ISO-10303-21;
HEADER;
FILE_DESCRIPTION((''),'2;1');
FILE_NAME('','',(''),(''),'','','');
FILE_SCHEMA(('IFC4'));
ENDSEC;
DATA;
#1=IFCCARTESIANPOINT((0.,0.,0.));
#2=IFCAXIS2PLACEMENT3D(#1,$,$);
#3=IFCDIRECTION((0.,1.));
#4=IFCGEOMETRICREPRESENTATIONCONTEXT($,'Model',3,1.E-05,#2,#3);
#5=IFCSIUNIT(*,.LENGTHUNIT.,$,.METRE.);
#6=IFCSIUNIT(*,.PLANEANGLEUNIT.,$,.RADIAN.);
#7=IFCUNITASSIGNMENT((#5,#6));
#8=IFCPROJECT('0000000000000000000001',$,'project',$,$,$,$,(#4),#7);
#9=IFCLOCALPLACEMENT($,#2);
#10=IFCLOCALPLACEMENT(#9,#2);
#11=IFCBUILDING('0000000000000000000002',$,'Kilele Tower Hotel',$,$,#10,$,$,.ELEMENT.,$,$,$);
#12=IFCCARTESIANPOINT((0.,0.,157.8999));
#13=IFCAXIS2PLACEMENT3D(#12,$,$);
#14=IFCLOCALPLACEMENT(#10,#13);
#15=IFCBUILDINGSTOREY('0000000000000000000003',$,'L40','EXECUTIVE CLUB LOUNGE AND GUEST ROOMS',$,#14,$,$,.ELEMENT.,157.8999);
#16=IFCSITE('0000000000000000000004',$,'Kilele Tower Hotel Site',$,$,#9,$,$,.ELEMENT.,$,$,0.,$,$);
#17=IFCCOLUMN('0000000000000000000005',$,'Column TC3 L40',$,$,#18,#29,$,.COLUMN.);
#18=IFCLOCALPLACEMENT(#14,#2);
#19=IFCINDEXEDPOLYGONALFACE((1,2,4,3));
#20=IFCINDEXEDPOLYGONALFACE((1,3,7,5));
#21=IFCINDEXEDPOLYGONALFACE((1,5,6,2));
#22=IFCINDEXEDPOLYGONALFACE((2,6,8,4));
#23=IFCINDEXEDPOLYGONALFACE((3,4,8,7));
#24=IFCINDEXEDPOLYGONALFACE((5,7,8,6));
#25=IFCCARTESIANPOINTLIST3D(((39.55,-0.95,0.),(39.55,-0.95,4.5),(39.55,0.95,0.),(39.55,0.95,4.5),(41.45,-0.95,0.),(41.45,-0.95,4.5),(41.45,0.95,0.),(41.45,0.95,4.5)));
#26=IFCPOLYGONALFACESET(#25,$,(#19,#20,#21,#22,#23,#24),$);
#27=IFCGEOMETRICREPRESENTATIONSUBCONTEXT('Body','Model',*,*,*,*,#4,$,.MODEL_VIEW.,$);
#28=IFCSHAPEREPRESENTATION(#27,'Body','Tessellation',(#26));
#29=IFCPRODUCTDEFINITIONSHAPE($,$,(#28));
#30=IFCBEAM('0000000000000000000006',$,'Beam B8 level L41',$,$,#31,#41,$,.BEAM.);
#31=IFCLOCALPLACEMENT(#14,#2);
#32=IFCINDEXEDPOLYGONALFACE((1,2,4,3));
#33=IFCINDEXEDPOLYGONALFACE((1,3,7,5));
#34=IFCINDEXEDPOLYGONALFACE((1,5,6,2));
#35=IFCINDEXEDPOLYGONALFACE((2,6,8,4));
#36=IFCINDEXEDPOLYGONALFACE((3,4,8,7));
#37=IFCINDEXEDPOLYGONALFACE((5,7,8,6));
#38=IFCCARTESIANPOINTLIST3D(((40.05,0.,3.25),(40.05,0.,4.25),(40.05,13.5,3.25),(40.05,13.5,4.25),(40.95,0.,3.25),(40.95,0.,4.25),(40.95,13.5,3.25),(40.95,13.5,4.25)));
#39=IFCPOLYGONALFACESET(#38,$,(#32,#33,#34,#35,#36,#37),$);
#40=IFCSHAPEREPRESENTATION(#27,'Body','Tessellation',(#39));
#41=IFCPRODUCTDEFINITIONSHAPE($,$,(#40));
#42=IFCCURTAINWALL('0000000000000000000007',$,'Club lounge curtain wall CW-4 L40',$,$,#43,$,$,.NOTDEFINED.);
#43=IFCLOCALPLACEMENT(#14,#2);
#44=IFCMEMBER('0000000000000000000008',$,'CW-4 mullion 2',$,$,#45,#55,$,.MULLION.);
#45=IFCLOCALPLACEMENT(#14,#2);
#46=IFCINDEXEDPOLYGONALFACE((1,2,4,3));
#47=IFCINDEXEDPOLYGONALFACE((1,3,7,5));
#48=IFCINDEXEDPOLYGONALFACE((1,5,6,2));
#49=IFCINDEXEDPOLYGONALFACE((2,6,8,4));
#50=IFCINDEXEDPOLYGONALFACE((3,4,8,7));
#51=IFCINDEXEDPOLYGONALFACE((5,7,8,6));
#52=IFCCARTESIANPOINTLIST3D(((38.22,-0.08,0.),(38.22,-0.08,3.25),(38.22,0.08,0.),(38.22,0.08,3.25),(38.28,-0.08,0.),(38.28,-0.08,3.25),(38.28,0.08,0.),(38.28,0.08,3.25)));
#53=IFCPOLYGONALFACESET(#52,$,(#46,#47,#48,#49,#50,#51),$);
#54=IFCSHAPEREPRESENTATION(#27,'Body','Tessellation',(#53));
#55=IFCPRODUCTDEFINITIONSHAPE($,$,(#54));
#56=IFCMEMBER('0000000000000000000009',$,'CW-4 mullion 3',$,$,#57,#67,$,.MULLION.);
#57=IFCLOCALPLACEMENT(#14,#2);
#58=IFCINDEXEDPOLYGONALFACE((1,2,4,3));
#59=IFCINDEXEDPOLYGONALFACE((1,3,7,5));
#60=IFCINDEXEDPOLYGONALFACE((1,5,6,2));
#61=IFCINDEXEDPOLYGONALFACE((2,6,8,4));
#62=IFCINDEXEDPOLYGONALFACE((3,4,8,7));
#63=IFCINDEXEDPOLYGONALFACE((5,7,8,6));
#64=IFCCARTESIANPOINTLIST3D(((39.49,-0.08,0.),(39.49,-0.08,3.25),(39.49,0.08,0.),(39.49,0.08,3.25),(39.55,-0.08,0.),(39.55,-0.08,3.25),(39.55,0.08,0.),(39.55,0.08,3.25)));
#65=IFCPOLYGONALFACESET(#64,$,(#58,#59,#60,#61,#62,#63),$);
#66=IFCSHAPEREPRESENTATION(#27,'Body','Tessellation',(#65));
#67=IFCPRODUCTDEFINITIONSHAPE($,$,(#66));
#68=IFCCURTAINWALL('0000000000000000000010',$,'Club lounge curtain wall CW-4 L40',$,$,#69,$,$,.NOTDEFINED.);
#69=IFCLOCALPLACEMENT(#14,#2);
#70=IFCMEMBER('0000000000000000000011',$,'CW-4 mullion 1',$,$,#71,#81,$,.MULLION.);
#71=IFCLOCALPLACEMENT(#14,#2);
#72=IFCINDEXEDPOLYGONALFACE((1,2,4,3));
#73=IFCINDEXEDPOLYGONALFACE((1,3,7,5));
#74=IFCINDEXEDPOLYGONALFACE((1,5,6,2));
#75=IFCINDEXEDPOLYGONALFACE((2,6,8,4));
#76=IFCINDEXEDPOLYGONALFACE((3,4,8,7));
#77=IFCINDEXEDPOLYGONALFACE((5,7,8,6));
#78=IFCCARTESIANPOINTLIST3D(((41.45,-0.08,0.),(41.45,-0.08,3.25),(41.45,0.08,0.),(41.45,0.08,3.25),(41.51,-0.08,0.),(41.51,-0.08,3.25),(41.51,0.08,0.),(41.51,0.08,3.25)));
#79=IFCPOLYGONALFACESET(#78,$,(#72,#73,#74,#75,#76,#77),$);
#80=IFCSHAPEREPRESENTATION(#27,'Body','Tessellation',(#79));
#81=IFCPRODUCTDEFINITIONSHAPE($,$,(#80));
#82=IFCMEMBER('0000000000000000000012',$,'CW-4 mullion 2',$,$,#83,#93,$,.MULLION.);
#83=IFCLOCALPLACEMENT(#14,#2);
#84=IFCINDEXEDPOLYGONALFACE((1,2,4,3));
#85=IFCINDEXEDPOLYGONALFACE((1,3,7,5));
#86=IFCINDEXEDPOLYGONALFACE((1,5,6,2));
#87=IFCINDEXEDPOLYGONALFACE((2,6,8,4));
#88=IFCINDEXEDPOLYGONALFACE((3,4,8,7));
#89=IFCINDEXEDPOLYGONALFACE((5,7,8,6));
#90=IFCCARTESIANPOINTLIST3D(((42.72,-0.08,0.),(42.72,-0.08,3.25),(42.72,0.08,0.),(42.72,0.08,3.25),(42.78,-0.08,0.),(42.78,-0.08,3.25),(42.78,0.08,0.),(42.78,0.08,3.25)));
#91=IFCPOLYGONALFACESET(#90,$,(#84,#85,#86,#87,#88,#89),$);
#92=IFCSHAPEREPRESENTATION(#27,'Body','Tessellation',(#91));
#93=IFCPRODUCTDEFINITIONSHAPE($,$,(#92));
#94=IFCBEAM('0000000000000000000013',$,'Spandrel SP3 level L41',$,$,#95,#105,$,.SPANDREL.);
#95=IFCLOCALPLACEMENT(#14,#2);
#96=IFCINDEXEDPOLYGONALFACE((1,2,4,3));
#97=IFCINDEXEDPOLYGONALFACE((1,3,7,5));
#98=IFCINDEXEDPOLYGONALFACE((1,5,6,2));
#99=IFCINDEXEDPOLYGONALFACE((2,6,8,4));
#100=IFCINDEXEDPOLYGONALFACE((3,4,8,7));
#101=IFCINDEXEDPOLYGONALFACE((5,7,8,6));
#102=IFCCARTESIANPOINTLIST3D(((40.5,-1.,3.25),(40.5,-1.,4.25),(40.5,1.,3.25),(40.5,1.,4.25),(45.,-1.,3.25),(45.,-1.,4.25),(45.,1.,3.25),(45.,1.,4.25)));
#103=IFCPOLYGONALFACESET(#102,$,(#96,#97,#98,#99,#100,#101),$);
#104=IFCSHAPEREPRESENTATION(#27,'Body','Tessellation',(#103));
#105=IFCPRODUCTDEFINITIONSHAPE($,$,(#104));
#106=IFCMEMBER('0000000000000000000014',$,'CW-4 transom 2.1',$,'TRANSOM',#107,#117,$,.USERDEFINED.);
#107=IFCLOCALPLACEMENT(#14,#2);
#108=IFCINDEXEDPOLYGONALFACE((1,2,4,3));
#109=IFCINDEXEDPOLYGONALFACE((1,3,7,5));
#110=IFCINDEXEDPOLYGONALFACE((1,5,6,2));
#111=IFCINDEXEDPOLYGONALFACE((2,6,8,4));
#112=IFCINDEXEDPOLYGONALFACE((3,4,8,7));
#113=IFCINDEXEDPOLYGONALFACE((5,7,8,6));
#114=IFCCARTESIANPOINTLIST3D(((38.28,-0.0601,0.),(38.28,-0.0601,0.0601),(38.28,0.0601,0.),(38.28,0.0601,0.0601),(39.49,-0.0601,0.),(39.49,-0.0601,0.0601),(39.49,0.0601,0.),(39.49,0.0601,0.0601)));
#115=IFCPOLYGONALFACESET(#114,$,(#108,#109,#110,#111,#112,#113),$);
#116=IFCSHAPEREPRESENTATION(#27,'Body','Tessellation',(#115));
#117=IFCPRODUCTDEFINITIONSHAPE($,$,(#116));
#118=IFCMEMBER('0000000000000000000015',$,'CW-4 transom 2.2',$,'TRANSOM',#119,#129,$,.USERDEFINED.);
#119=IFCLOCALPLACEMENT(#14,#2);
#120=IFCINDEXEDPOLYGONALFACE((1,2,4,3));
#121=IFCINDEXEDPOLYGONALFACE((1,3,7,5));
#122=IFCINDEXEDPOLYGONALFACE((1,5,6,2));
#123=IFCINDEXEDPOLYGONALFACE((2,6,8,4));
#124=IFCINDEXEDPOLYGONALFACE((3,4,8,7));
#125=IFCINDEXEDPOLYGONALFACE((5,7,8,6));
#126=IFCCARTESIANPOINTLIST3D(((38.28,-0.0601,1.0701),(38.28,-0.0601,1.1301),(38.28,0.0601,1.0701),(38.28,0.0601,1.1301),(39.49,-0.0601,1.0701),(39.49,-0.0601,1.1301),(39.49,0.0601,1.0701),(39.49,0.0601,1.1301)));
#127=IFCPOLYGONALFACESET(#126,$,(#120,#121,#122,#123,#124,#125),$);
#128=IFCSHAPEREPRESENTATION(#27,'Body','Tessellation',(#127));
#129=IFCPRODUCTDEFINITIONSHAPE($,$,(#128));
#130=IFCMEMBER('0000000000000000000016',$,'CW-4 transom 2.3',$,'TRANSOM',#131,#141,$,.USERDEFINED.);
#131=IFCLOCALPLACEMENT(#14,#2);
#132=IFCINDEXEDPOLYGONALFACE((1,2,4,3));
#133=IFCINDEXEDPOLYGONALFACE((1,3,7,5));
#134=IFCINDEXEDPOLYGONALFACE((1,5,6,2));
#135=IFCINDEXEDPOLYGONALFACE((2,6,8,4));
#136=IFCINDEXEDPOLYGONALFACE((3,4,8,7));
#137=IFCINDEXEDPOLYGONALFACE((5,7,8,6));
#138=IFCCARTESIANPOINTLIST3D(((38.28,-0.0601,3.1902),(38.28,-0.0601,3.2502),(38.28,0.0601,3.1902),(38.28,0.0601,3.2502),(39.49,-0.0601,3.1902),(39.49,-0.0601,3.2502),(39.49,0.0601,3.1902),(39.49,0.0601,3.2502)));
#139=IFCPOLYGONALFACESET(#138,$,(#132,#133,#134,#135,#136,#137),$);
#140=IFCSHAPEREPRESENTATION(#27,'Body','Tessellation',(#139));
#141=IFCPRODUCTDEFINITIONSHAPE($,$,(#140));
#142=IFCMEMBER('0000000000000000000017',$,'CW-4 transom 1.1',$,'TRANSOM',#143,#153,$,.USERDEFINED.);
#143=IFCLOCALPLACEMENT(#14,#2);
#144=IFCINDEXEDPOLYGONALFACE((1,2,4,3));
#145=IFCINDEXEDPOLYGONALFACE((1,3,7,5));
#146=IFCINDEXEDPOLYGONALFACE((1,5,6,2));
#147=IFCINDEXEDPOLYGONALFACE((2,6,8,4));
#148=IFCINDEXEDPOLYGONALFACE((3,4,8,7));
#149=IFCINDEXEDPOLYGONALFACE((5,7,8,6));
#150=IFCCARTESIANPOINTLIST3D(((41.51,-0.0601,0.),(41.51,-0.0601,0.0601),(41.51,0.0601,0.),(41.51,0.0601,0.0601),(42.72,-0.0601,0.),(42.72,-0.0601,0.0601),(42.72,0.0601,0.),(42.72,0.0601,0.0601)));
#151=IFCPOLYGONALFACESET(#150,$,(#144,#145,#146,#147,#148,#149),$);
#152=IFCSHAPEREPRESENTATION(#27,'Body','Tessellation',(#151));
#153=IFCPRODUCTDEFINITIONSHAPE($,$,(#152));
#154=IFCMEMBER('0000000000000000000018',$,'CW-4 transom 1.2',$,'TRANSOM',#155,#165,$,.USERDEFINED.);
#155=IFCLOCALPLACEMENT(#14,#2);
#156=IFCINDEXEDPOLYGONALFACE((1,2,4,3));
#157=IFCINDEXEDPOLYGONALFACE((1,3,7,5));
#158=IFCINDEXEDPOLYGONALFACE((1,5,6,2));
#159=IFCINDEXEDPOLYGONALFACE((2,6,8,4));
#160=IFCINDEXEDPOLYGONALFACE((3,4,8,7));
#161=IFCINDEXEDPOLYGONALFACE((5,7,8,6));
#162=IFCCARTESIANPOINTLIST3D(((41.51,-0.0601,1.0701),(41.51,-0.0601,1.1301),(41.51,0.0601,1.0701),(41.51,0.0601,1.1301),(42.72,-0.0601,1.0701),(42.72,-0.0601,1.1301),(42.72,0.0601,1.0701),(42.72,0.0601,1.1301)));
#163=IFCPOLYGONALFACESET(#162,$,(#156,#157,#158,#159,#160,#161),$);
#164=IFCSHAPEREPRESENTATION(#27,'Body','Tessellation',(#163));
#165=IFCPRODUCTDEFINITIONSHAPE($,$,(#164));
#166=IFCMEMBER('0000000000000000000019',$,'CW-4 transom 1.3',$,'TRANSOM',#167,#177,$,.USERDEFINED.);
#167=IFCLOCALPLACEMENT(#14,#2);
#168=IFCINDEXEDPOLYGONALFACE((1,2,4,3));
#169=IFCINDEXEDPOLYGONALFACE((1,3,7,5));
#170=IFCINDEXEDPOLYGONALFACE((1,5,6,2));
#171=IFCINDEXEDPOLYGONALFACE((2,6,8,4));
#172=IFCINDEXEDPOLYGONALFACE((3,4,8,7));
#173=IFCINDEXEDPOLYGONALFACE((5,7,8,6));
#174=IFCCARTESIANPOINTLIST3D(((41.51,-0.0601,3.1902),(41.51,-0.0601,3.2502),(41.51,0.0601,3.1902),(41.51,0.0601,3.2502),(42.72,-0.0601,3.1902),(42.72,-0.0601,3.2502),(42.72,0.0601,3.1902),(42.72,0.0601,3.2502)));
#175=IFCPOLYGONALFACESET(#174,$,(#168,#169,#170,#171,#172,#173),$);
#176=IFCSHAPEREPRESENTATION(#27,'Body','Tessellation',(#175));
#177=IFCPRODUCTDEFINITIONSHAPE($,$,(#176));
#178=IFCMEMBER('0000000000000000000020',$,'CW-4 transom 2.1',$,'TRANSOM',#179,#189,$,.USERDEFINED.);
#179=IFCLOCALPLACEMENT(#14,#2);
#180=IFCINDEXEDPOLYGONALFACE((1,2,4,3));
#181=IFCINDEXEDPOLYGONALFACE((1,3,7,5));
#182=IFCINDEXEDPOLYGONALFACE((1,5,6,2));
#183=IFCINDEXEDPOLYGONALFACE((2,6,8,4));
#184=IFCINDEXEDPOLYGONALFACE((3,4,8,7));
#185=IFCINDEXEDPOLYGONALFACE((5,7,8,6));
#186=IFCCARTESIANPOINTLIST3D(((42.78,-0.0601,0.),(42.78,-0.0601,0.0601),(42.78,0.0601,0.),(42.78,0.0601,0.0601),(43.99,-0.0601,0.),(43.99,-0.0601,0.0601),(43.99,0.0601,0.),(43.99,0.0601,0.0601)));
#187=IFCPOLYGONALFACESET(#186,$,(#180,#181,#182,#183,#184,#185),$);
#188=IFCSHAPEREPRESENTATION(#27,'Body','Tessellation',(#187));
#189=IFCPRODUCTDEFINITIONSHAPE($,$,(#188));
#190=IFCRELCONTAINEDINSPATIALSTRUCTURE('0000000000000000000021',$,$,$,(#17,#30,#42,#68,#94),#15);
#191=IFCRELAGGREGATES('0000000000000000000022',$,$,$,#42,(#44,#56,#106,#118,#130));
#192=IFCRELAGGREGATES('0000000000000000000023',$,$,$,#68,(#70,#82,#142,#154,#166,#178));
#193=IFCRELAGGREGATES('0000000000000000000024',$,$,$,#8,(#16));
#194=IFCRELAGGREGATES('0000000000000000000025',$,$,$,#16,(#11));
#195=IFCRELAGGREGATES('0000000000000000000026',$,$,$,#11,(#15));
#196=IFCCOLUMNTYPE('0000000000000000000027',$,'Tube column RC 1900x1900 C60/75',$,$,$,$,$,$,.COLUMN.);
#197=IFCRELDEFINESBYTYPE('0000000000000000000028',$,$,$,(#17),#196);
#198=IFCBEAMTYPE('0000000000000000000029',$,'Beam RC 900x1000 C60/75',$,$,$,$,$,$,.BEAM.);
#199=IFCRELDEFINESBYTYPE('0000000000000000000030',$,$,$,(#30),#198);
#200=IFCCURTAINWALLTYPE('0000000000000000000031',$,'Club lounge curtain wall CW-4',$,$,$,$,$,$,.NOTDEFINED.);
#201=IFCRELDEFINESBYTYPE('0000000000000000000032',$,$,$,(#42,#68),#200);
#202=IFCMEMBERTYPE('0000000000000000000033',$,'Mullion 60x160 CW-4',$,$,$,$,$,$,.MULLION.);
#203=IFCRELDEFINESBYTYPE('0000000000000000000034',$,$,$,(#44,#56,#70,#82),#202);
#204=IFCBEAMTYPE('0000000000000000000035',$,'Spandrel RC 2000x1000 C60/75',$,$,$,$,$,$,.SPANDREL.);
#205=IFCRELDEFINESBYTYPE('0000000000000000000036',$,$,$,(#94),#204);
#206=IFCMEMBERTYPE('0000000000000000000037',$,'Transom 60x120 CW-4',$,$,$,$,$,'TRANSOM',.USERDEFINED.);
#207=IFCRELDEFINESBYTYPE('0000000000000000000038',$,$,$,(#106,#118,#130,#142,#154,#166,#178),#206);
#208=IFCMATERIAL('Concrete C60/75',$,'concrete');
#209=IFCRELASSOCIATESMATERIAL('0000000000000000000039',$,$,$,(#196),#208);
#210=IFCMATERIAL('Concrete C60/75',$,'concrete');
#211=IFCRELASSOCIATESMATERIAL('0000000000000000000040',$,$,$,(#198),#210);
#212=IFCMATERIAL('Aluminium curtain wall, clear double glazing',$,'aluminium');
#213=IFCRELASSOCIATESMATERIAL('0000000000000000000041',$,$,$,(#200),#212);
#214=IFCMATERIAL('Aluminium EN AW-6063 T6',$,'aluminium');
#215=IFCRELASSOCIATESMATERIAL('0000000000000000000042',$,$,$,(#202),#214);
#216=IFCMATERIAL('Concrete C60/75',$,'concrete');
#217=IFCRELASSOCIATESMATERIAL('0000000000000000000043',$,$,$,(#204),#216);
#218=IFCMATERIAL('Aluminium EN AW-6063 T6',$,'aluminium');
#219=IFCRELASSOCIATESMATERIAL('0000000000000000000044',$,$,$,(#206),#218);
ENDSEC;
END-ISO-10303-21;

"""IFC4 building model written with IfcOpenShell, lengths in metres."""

from ifc_helpers import new_model, si_unit, direction, frame, origin, origin_2d, place, context, subcontext, project, spatial, rectangle, extrude, material, material_profile, profile_set, type_object, element, aggregate, save


model = new_model("IFC4")

# Units and contexts
model_context = context("Model", 3, precision=1e-05, world=origin(), true_north=direction((0.0, 1.0)))
body_context = subcontext(model_context, "Body", "Model", "MODEL_VIEW")
ifc_project = project(units=[si_unit("LENGTHUNIT", "METRE"), si_unit("PLANEANGLEUNIT", "RADIAN")], contexts=[model_context])

# Site, building, storey
site_placement = place(None, origin())
site = spatial("IfcSite", under=ifc_project, at=site_placement, Name="Kilele Tower Hotel Site", CompositionType="ELEMENT", RefElevation=0.0)
building_placement = place(site_placement, origin())
building = spatial("IfcBuilding", under=site, at=building_placement, Name="Kilele Tower Hotel", CompositionType="ELEMENT")
storey_placement = place(building_placement, frame((0.0, 0.0, 157.8999)))
storey = spatial("IfcBuildingStorey", under=building, at=storey_placement, Name="L40", Description="EXECUTIVE CLUB LOUNGE AND GUEST ROOMS", CompositionType="ELEMENT", Elevation=157.8999)

# Column
ifc_material_1 = material(Name="Concrete C60/75", Category="concrete")
ifc_material_profile_1 = material_profile(ifc_material_1, rectangle(XDim=1.8999, YDim=1.8999, at=origin_2d()))
ifc_profile_set_1 = profile_set([ifc_material_profile_1], Name="Concrete C60/75")
column_type = type_object("IfcColumnType", Name="Tube column RC 1900x1900 C60/75", PredefinedType="COLUMN", material=ifc_profile_set_1)
column_placement = place(storey_placement, frame((40.5, 0.0, 0.0), z_axis=(0.0, 0.0, 1.0), x_axis=(1.0, 0.0, 0.0)))
element("IfcColumn", 1, at=column_placement, inside=storey, type_object=column_type, Name="Column TC3 L40", PredefinedType="COLUMN", context=body_context, shape_type="SweptSolid", body=[
    extrude(rectangle(XDim=1.8999, YDim=1.8999, at=origin_2d()), origin(), (0.0, 0.0, 1.0), 4.5),
])

# Beam
ifc_material_2 = material(Name="Concrete C60/75", Category="concrete")
ifc_material_profile_2 = material_profile(ifc_material_2, rectangle(XDim=0.8999, YDim=1.0, at=origin_2d()))
ifc_profile_set_2 = profile_set([ifc_material_profile_2], Name="Concrete C60/75")
beam_type_1 = type_object("IfcBeamType", Name="Beam RC 900x1000 C60/75", PredefinedType="BEAM", material=ifc_profile_set_2)
beam_1_placement = place(storey_placement, frame((40.5, 0.0, 3.75), z_axis=(0.0, 1.0, 0.0), x_axis=(-1.0, 0.0, 0.0)))
element("IfcBeam", 2, at=beam_1_placement, inside=storey, type_object=beam_type_1, Name="Beam B8 level L41", PredefinedType="BEAM", context=body_context, shape_type="SweptSolid", body=[
    extrude(rectangle(XDim=0.8999, YDim=1.0, at=origin_2d()), origin(), (0.0, 0.0, 1.0), 13.5),
])

# Curtain walls, members
ifc_material_3 = material(Name="Aluminium curtain wall, clear double glazing", Category="aluminium")
curtain_wall_type = type_object("IfcCurtainWallType", Name="Club lounge curtain wall CW-4", PredefinedType="NOTDEFINED", material=ifc_material_3)
curtain_wall_1_placement = place(storey_placement, origin())
curtain_wall_1 = element("IfcCurtainWall", 3, at=curtain_wall_1_placement, inside=storey, type_object=curtain_wall_type, Name="Club lounge curtain wall CW-4 L40", PredefinedType="NOTDEFINED")
ifc_material_4 = material(Name="Aluminium EN AW-6063 T6", Category="aluminium")
ifc_material_profile_3 = material_profile(ifc_material_4, rectangle(XDim=0.1599, YDim=0.0601, at=origin_2d()))
ifc_profile_set_3 = profile_set([ifc_material_profile_3], Name="Aluminium EN AW-6063 T6")
member_type_1 = type_object("IfcMemberType", Name="Mullion 60x160 CW-4", PredefinedType="MULLION", material=ifc_profile_set_3)
member_1_placement = place(storey_placement, frame((38.25, 0.0, 0.0), z_axis=(0.0, 0.0, 1.0), x_axis=(0.0, 1.0, 0.0)))
member_1 = element("IfcMember", 4, at=member_1_placement, type_object=member_type_1, Name="CW-4 mullion 2", PredefinedType="MULLION", context=body_context, shape_type="SweptSolid", body=[
    extrude(rectangle(XDim=0.1599, YDim=0.0601, at=origin_2d()), origin(), (0.0, 0.0, 1.0), 3.25),
])
member_2_placement = place(storey_placement, frame((39.52, 0.0, 0.0), z_axis=(0.0, 0.0, 1.0), x_axis=(0.0, 1.0, 0.0)))
member_2 = element("IfcMember", 5, at=member_2_placement, type_object=member_type_1, Name="CW-4 mullion 3", PredefinedType="MULLION", context=body_context, shape_type="SweptSolid", body=[
    extrude(rectangle(XDim=0.1599, YDim=0.0601, at=origin_2d()), origin(), (0.0, 0.0, 1.0), 3.25),
])
curtain_wall_2_placement = place(storey_placement, origin())
curtain_wall_2 = element("IfcCurtainWall", 6, at=curtain_wall_2_placement, inside=storey, type_object=curtain_wall_type, Name="Club lounge curtain wall CW-4 L40", PredefinedType="NOTDEFINED")
member_3_placement = place(storey_placement, frame((41.48, 0.0, 0.0), z_axis=(0.0, 0.0, 1.0), x_axis=(0.0, 1.0, 0.0)))
member_3 = element("IfcMember", 7, at=member_3_placement, type_object=member_type_1, Name="CW-4 mullion 1", PredefinedType="MULLION", context=body_context, shape_type="SweptSolid", body=[
    extrude(rectangle(XDim=0.1599, YDim=0.0601, at=origin_2d()), origin(), (0.0, 0.0, 1.0), 3.25),
])
member_4_placement = place(storey_placement, frame((42.75, 0.0, 0.0), z_axis=(0.0, 0.0, 1.0), x_axis=(0.0, 1.0, 0.0)))
member_4 = element("IfcMember", 8, at=member_4_placement, type_object=member_type_1, Name="CW-4 mullion 2", PredefinedType="MULLION", context=body_context, shape_type="SweptSolid", body=[
    extrude(rectangle(XDim=0.1599, YDim=0.0601, at=origin_2d()), origin(), (0.0, 0.0, 1.0), 3.25),
])

# Beam
ifc_material_5 = material(Name="Concrete C60/75", Category="concrete")
ifc_material_profile_4 = material_profile(ifc_material_5, rectangle(XDim=2.0, YDim=1.0, at=origin_2d()))
ifc_profile_set_4 = profile_set([ifc_material_profile_4], Name="Concrete C60/75")
beam_type_2 = type_object("IfcBeamType", Name="Spandrel RC 2000x1000 C60/75", PredefinedType="SPANDREL", material=ifc_profile_set_4)
beam_2_placement = place(storey_placement, frame((40.5, 0.0, 3.75), z_axis=(1.0, 0.0, 0.0), x_axis=(0.0, 1.0, 0.0)))
element("IfcBeam", 9, at=beam_2_placement, inside=storey, type_object=beam_type_2, Name="Spandrel SP3 level L41", PredefinedType="SPANDREL", context=body_context, shape_type="SweptSolid", body=[
    extrude(rectangle(XDim=2.0, YDim=1.0, at=origin_2d()), origin(), (0.0, 0.0, 1.0), 4.5),
])

# Members
ifc_material_6 = material(Name="Aluminium EN AW-6063 T6", Category="aluminium")
ifc_material_profile_5 = material_profile(ifc_material_6, rectangle(XDim=0.1201, YDim=0.0601, at=origin_2d()))
ifc_profile_set_5 = profile_set([ifc_material_profile_5], Name="Aluminium EN AW-6063 T6")
member_type_2 = type_object("IfcMemberType", Name="Transom 60x120 CW-4", ElementType="TRANSOM", PredefinedType="USERDEFINED", material=ifc_profile_set_5)
member_5_placement = place(storey_placement, frame((38.28, 0.0, 0.03), z_axis=(1.0, 0.0, 0.0), x_axis=(0.0, 1.0, 0.0)))
member_5 = element("IfcMember", 10, at=member_5_placement, type_object=member_type_2, Name="CW-4 transom 2.1", ObjectType="TRANSOM", PredefinedType="USERDEFINED", context=body_context, shape_type="SweptSolid", body=[
    extrude(rectangle(XDim=0.1201, YDim=0.0601, at=origin_2d()), origin(), (0.0, 0.0, 1.0), 1.21),
])
member_6_placement = place(storey_placement, frame((38.28, 0.0, 1.1001), z_axis=(1.0, 0.0, 0.0), x_axis=(0.0, 1.0, 0.0)))
member_6 = element("IfcMember", 11, at=member_6_placement, type_object=member_type_2, Name="CW-4 transom 2.2", ObjectType="TRANSOM", PredefinedType="USERDEFINED", context=body_context, shape_type="SweptSolid", body=[
    extrude(rectangle(XDim=0.1201, YDim=0.0601, at=origin_2d()), origin(), (0.0, 0.0, 1.0), 1.21),
])
member_7_placement = place(storey_placement, frame((38.28, 0.0, 3.2202), z_axis=(1.0, 0.0, 0.0), x_axis=(0.0, 1.0, 0.0)))
member_7 = element("IfcMember", 12, at=member_7_placement, type_object=member_type_2, Name="CW-4 transom 2.3", ObjectType="TRANSOM", PredefinedType="USERDEFINED", context=body_context, shape_type="SweptSolid", body=[
    extrude(rectangle(XDim=0.1201, YDim=0.0601, at=origin_2d()), origin(), (0.0, 0.0, 1.0), 1.21),
])
member_8_placement = place(storey_placement, frame((41.51, 0.0, 0.03), z_axis=(1.0, 0.0, 0.0), x_axis=(0.0, 1.0, 0.0)))
member_8 = element("IfcMember", 13, at=member_8_placement, type_object=member_type_2, Name="CW-4 transom 1.1", ObjectType="TRANSOM", PredefinedType="USERDEFINED", context=body_context, shape_type="SweptSolid", body=[
    extrude(rectangle(XDim=0.1201, YDim=0.0601, at=origin_2d()), origin(), (0.0, 0.0, 1.0), 1.21),
])
member_9_placement = place(storey_placement, frame((41.51, 0.0, 1.1001), z_axis=(1.0, 0.0, 0.0), x_axis=(0.0, 1.0, 0.0)))
member_9 = element("IfcMember", 14, at=member_9_placement, type_object=member_type_2, Name="CW-4 transom 1.2", ObjectType="TRANSOM", PredefinedType="USERDEFINED", context=body_context, shape_type="SweptSolid", body=[
    extrude(rectangle(XDim=0.1201, YDim=0.0601, at=origin_2d()), origin(), (0.0, 0.0, 1.0), 1.21),
])
member_10_placement = place(storey_placement, frame((41.51, 0.0, 3.2202), z_axis=(1.0, 0.0, 0.0), x_axis=(0.0, 1.0, 0.0)))
member_10 = element("IfcMember", 15, at=member_10_placement, type_object=member_type_2, Name="CW-4 transom 1.3", ObjectType="TRANSOM", PredefinedType="USERDEFINED", context=body_context, shape_type="SweptSolid", body=[
    extrude(rectangle(XDim=0.1201, YDim=0.0601, at=origin_2d()), origin(), (0.0, 0.0, 1.0), 1.21),
])
member_11_placement = place(storey_placement, frame((42.78, 0.0, 0.03), z_axis=(1.0, 0.0, 0.0), x_axis=(0.0, 1.0, 0.0)))
member_11 = element("IfcMember", 16, at=member_11_placement, type_object=member_type_2, Name="CW-4 transom 2.1", ObjectType="TRANSOM", PredefinedType="USERDEFINED", context=body_context, shape_type="SweptSolid", body=[
    extrude(rectangle(XDim=0.1201, YDim=0.0601, at=origin_2d()), origin(), (0.0, 0.0, 1.0), 1.21),
])

aggregate(curtain_wall_1, [member_1, member_2, member_5, member_6, member_7])
aggregate(curtain_wall_2, [member_3, member_4, member_8, member_9, member_10, member_11])

save(model, "model.ifc")
